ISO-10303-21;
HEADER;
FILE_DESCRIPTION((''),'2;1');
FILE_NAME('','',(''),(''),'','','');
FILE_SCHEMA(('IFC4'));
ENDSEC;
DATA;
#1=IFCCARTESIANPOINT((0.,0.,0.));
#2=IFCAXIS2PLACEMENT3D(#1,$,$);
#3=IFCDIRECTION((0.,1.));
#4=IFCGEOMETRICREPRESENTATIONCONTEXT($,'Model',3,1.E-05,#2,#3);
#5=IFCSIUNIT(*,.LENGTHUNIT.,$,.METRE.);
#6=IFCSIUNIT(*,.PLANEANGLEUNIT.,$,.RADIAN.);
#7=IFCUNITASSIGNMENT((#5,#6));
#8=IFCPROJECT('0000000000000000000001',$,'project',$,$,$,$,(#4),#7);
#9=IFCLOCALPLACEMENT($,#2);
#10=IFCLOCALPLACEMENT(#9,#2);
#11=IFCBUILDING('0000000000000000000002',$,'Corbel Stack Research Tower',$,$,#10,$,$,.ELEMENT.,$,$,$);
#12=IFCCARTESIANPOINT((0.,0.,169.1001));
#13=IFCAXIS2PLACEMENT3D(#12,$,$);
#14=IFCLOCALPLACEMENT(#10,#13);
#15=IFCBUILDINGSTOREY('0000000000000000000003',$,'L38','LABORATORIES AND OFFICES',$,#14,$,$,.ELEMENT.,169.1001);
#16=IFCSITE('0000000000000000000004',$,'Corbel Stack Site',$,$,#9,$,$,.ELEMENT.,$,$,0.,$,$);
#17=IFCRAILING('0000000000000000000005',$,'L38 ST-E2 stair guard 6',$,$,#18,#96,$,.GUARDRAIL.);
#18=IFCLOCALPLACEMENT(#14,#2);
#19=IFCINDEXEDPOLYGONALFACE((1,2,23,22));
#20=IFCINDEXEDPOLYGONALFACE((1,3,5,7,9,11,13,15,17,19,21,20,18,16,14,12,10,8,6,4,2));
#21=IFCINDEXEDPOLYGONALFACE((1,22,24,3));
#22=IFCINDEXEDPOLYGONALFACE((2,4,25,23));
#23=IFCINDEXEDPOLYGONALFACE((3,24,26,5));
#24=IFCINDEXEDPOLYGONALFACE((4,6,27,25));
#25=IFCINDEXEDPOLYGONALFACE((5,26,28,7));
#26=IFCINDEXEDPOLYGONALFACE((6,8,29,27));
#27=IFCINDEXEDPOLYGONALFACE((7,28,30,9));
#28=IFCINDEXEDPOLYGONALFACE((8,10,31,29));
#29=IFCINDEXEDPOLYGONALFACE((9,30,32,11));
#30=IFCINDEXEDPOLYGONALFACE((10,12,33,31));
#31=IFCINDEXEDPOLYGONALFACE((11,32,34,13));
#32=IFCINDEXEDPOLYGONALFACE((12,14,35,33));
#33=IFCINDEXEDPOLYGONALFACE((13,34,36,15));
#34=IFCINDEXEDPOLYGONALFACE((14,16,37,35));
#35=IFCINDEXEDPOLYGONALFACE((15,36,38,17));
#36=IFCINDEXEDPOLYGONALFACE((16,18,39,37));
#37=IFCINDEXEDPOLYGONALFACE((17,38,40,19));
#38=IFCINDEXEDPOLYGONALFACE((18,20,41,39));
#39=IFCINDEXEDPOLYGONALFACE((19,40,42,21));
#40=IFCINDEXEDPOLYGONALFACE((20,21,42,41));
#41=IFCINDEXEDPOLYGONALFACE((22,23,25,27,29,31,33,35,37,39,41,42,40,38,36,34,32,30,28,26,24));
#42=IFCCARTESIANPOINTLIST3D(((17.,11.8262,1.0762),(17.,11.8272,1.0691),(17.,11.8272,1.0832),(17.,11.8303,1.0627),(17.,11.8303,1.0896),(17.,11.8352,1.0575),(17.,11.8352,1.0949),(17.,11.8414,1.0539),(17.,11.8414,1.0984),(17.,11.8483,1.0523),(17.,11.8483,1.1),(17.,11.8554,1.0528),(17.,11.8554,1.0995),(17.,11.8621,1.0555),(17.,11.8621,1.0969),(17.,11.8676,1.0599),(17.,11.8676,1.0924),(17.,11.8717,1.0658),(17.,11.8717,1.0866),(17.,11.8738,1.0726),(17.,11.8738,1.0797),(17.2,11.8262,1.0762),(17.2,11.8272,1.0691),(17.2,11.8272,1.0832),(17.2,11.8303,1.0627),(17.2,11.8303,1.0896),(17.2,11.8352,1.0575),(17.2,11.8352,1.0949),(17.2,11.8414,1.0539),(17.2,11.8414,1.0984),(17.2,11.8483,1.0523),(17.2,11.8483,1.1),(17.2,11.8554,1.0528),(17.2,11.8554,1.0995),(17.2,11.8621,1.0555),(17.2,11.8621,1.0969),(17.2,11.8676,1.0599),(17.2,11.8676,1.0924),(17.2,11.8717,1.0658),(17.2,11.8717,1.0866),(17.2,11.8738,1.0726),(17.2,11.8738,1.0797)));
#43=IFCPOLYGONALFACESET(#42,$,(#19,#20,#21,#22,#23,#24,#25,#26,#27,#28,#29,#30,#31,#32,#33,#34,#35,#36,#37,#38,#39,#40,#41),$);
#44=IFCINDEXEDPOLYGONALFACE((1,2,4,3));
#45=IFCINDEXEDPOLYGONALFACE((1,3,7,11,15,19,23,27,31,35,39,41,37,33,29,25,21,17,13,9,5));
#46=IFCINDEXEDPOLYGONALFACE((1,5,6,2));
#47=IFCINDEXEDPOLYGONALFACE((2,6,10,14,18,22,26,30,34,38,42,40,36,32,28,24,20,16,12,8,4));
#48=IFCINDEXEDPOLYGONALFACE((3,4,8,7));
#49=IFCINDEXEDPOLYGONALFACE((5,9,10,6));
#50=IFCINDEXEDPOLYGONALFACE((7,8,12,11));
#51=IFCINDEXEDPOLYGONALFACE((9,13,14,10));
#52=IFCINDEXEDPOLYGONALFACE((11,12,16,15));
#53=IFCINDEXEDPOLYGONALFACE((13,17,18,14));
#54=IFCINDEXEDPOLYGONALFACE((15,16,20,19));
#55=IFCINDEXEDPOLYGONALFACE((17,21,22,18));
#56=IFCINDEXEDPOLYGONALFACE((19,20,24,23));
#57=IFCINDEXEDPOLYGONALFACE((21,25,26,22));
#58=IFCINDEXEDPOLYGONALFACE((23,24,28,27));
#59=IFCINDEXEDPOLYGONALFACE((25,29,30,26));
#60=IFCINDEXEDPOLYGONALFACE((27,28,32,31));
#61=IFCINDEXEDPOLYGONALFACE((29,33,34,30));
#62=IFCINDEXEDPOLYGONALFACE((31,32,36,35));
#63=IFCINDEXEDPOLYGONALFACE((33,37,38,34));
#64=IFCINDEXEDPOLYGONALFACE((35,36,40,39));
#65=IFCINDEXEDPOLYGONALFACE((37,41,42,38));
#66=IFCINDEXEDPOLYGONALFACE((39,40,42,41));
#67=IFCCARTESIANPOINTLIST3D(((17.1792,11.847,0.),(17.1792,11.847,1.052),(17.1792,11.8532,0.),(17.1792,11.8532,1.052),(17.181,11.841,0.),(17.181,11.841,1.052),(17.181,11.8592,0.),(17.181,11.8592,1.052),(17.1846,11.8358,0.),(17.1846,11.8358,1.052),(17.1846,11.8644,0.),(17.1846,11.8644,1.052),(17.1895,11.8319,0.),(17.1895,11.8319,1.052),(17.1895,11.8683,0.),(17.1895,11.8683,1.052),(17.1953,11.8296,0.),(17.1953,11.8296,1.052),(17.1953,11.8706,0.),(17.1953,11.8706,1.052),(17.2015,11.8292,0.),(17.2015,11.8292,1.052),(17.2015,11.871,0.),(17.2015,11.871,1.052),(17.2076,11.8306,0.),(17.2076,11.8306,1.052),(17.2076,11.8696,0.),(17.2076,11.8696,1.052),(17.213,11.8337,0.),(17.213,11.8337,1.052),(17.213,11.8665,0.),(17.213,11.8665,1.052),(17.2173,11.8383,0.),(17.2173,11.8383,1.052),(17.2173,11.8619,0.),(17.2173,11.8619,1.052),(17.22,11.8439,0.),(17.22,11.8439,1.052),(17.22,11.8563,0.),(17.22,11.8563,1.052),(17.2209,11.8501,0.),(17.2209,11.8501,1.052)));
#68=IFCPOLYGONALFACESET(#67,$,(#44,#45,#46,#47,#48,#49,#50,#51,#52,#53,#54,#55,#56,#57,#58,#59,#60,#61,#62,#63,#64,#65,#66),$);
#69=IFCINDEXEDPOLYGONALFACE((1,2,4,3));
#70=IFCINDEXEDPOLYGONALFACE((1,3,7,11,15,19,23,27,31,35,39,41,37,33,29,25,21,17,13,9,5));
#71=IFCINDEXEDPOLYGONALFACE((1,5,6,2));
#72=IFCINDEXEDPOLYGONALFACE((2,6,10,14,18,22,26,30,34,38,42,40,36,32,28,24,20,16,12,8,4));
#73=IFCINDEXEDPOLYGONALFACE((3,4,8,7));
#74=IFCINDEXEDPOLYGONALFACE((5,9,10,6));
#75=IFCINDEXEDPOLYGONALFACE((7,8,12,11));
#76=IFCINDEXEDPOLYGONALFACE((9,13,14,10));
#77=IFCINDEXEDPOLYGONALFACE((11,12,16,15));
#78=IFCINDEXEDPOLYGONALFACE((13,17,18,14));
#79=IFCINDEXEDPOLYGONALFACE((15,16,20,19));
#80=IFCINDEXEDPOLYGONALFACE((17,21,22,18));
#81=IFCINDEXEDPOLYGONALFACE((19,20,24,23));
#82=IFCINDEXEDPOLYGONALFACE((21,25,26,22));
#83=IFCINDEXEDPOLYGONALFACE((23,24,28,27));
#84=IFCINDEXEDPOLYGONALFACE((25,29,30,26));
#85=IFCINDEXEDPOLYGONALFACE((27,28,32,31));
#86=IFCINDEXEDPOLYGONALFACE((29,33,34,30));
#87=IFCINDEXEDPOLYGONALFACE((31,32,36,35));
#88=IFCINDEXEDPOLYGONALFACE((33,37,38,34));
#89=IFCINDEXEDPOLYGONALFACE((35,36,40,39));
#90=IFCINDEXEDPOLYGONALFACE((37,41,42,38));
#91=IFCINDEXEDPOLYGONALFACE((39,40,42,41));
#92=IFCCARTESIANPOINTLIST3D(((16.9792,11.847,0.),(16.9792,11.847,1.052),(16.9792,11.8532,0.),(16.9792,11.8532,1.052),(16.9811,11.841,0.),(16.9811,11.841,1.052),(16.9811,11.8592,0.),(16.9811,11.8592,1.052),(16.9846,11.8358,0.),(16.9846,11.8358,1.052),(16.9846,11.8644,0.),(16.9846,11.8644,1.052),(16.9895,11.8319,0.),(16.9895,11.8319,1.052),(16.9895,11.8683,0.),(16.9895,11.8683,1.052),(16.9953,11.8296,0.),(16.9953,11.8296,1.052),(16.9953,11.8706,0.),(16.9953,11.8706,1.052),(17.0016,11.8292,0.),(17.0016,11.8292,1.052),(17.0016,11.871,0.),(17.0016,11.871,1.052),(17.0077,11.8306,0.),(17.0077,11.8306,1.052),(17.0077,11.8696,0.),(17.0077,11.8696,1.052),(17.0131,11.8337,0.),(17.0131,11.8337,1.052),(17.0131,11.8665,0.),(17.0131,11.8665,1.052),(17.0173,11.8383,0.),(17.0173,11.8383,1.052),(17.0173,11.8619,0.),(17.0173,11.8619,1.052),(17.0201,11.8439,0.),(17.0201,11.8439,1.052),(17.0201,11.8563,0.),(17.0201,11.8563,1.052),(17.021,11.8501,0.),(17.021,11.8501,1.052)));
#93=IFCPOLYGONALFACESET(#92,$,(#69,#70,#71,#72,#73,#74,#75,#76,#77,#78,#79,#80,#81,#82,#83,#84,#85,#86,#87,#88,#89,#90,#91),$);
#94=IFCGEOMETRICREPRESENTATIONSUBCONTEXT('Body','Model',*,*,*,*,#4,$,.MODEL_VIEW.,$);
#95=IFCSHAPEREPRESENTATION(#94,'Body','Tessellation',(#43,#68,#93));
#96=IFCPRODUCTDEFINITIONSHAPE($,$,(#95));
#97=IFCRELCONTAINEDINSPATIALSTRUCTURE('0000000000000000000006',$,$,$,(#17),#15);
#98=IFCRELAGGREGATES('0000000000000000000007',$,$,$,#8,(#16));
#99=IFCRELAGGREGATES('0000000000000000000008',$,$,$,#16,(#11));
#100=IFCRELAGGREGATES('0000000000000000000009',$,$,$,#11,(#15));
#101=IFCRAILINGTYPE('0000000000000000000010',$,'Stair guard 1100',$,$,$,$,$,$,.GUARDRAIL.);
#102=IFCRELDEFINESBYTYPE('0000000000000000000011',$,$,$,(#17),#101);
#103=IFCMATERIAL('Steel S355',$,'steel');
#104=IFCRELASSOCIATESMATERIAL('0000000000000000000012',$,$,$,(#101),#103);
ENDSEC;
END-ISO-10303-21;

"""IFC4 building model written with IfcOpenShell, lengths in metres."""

from ifc_helpers import new_model, si_unit, direction, frame, origin, origin_2d, place, context, subcontext, project, spatial, circle, extrude, material, type_object, element, save


model = new_model("IFC4")

# Units and contexts
model_context = context("Model", 3, precision=1e-05, world=origin(), true_north=direction((0.0, 1.0)))
body_context = subcontext(model_context, "Body", "Model", "MODEL_VIEW")
ifc_project = project(units=[si_unit("LENGTHUNIT", "METRE"), si_unit("PLANEANGLEUNIT", "RADIAN")], contexts=[model_context])

# Site, building, storey
site_placement = place(None, origin())
site = spatial("IfcSite", under=ifc_project, at=site_placement, Name="Corbel Stack Site", CompositionType="ELEMENT", RefElevation=0.0)
building_placement = place(site_placement, origin())
building = spatial("IfcBuilding", under=site, at=building_placement, Name="Corbel Stack Research Tower", CompositionType="ELEMENT")
storey_placement = place(building_placement, frame((0.0, 0.0, 169.1001)))
storey = spatial("IfcBuildingStorey", under=building, at=storey_placement, Name="L38", Description="LABORATORIES AND OFFICES", CompositionType="ELEMENT", Elevation=169.1001)

# Railing
ifc_material_1 = material(Name="Steel S355", Category="steel")
railing_type_1 = type_object("IfcRailingType", Name="Stair guard 1100", PredefinedType="GUARDRAIL", material=ifc_material_1)
railing_1_placement = place(storey_placement, frame((17.2, 11.8501, 0.0)))
element("IfcRailing", 1, at=railing_1_placement, inside=storey, type_object=railing_type_1, Name="L38 ST-E2 stair guard 6", PredefinedType="GUARDRAIL", context=body_context, shape_type="SweptSolid", body=[
    extrude(circle(Radius=0.0239, at=origin_2d()), frame((0.0, 0.0, 1.0762), z_axis=(-1.0, 0.0, 0.0), x_axis=(0.0, -1.0, 0.0)), (0.0, 0.0, 1.0), 0.2),
    extrude(circle(Radius=0.021, at=origin_2d()), origin(), (0.0, 0.0, 1.0), 1.052),
    extrude(circle(Radius=0.021, at=origin_2d()), frame((-0.2, 0.0, 0.0)), (0.0, 0.0, 1.0), 1.052),
])

save(model, "model.ifc")
